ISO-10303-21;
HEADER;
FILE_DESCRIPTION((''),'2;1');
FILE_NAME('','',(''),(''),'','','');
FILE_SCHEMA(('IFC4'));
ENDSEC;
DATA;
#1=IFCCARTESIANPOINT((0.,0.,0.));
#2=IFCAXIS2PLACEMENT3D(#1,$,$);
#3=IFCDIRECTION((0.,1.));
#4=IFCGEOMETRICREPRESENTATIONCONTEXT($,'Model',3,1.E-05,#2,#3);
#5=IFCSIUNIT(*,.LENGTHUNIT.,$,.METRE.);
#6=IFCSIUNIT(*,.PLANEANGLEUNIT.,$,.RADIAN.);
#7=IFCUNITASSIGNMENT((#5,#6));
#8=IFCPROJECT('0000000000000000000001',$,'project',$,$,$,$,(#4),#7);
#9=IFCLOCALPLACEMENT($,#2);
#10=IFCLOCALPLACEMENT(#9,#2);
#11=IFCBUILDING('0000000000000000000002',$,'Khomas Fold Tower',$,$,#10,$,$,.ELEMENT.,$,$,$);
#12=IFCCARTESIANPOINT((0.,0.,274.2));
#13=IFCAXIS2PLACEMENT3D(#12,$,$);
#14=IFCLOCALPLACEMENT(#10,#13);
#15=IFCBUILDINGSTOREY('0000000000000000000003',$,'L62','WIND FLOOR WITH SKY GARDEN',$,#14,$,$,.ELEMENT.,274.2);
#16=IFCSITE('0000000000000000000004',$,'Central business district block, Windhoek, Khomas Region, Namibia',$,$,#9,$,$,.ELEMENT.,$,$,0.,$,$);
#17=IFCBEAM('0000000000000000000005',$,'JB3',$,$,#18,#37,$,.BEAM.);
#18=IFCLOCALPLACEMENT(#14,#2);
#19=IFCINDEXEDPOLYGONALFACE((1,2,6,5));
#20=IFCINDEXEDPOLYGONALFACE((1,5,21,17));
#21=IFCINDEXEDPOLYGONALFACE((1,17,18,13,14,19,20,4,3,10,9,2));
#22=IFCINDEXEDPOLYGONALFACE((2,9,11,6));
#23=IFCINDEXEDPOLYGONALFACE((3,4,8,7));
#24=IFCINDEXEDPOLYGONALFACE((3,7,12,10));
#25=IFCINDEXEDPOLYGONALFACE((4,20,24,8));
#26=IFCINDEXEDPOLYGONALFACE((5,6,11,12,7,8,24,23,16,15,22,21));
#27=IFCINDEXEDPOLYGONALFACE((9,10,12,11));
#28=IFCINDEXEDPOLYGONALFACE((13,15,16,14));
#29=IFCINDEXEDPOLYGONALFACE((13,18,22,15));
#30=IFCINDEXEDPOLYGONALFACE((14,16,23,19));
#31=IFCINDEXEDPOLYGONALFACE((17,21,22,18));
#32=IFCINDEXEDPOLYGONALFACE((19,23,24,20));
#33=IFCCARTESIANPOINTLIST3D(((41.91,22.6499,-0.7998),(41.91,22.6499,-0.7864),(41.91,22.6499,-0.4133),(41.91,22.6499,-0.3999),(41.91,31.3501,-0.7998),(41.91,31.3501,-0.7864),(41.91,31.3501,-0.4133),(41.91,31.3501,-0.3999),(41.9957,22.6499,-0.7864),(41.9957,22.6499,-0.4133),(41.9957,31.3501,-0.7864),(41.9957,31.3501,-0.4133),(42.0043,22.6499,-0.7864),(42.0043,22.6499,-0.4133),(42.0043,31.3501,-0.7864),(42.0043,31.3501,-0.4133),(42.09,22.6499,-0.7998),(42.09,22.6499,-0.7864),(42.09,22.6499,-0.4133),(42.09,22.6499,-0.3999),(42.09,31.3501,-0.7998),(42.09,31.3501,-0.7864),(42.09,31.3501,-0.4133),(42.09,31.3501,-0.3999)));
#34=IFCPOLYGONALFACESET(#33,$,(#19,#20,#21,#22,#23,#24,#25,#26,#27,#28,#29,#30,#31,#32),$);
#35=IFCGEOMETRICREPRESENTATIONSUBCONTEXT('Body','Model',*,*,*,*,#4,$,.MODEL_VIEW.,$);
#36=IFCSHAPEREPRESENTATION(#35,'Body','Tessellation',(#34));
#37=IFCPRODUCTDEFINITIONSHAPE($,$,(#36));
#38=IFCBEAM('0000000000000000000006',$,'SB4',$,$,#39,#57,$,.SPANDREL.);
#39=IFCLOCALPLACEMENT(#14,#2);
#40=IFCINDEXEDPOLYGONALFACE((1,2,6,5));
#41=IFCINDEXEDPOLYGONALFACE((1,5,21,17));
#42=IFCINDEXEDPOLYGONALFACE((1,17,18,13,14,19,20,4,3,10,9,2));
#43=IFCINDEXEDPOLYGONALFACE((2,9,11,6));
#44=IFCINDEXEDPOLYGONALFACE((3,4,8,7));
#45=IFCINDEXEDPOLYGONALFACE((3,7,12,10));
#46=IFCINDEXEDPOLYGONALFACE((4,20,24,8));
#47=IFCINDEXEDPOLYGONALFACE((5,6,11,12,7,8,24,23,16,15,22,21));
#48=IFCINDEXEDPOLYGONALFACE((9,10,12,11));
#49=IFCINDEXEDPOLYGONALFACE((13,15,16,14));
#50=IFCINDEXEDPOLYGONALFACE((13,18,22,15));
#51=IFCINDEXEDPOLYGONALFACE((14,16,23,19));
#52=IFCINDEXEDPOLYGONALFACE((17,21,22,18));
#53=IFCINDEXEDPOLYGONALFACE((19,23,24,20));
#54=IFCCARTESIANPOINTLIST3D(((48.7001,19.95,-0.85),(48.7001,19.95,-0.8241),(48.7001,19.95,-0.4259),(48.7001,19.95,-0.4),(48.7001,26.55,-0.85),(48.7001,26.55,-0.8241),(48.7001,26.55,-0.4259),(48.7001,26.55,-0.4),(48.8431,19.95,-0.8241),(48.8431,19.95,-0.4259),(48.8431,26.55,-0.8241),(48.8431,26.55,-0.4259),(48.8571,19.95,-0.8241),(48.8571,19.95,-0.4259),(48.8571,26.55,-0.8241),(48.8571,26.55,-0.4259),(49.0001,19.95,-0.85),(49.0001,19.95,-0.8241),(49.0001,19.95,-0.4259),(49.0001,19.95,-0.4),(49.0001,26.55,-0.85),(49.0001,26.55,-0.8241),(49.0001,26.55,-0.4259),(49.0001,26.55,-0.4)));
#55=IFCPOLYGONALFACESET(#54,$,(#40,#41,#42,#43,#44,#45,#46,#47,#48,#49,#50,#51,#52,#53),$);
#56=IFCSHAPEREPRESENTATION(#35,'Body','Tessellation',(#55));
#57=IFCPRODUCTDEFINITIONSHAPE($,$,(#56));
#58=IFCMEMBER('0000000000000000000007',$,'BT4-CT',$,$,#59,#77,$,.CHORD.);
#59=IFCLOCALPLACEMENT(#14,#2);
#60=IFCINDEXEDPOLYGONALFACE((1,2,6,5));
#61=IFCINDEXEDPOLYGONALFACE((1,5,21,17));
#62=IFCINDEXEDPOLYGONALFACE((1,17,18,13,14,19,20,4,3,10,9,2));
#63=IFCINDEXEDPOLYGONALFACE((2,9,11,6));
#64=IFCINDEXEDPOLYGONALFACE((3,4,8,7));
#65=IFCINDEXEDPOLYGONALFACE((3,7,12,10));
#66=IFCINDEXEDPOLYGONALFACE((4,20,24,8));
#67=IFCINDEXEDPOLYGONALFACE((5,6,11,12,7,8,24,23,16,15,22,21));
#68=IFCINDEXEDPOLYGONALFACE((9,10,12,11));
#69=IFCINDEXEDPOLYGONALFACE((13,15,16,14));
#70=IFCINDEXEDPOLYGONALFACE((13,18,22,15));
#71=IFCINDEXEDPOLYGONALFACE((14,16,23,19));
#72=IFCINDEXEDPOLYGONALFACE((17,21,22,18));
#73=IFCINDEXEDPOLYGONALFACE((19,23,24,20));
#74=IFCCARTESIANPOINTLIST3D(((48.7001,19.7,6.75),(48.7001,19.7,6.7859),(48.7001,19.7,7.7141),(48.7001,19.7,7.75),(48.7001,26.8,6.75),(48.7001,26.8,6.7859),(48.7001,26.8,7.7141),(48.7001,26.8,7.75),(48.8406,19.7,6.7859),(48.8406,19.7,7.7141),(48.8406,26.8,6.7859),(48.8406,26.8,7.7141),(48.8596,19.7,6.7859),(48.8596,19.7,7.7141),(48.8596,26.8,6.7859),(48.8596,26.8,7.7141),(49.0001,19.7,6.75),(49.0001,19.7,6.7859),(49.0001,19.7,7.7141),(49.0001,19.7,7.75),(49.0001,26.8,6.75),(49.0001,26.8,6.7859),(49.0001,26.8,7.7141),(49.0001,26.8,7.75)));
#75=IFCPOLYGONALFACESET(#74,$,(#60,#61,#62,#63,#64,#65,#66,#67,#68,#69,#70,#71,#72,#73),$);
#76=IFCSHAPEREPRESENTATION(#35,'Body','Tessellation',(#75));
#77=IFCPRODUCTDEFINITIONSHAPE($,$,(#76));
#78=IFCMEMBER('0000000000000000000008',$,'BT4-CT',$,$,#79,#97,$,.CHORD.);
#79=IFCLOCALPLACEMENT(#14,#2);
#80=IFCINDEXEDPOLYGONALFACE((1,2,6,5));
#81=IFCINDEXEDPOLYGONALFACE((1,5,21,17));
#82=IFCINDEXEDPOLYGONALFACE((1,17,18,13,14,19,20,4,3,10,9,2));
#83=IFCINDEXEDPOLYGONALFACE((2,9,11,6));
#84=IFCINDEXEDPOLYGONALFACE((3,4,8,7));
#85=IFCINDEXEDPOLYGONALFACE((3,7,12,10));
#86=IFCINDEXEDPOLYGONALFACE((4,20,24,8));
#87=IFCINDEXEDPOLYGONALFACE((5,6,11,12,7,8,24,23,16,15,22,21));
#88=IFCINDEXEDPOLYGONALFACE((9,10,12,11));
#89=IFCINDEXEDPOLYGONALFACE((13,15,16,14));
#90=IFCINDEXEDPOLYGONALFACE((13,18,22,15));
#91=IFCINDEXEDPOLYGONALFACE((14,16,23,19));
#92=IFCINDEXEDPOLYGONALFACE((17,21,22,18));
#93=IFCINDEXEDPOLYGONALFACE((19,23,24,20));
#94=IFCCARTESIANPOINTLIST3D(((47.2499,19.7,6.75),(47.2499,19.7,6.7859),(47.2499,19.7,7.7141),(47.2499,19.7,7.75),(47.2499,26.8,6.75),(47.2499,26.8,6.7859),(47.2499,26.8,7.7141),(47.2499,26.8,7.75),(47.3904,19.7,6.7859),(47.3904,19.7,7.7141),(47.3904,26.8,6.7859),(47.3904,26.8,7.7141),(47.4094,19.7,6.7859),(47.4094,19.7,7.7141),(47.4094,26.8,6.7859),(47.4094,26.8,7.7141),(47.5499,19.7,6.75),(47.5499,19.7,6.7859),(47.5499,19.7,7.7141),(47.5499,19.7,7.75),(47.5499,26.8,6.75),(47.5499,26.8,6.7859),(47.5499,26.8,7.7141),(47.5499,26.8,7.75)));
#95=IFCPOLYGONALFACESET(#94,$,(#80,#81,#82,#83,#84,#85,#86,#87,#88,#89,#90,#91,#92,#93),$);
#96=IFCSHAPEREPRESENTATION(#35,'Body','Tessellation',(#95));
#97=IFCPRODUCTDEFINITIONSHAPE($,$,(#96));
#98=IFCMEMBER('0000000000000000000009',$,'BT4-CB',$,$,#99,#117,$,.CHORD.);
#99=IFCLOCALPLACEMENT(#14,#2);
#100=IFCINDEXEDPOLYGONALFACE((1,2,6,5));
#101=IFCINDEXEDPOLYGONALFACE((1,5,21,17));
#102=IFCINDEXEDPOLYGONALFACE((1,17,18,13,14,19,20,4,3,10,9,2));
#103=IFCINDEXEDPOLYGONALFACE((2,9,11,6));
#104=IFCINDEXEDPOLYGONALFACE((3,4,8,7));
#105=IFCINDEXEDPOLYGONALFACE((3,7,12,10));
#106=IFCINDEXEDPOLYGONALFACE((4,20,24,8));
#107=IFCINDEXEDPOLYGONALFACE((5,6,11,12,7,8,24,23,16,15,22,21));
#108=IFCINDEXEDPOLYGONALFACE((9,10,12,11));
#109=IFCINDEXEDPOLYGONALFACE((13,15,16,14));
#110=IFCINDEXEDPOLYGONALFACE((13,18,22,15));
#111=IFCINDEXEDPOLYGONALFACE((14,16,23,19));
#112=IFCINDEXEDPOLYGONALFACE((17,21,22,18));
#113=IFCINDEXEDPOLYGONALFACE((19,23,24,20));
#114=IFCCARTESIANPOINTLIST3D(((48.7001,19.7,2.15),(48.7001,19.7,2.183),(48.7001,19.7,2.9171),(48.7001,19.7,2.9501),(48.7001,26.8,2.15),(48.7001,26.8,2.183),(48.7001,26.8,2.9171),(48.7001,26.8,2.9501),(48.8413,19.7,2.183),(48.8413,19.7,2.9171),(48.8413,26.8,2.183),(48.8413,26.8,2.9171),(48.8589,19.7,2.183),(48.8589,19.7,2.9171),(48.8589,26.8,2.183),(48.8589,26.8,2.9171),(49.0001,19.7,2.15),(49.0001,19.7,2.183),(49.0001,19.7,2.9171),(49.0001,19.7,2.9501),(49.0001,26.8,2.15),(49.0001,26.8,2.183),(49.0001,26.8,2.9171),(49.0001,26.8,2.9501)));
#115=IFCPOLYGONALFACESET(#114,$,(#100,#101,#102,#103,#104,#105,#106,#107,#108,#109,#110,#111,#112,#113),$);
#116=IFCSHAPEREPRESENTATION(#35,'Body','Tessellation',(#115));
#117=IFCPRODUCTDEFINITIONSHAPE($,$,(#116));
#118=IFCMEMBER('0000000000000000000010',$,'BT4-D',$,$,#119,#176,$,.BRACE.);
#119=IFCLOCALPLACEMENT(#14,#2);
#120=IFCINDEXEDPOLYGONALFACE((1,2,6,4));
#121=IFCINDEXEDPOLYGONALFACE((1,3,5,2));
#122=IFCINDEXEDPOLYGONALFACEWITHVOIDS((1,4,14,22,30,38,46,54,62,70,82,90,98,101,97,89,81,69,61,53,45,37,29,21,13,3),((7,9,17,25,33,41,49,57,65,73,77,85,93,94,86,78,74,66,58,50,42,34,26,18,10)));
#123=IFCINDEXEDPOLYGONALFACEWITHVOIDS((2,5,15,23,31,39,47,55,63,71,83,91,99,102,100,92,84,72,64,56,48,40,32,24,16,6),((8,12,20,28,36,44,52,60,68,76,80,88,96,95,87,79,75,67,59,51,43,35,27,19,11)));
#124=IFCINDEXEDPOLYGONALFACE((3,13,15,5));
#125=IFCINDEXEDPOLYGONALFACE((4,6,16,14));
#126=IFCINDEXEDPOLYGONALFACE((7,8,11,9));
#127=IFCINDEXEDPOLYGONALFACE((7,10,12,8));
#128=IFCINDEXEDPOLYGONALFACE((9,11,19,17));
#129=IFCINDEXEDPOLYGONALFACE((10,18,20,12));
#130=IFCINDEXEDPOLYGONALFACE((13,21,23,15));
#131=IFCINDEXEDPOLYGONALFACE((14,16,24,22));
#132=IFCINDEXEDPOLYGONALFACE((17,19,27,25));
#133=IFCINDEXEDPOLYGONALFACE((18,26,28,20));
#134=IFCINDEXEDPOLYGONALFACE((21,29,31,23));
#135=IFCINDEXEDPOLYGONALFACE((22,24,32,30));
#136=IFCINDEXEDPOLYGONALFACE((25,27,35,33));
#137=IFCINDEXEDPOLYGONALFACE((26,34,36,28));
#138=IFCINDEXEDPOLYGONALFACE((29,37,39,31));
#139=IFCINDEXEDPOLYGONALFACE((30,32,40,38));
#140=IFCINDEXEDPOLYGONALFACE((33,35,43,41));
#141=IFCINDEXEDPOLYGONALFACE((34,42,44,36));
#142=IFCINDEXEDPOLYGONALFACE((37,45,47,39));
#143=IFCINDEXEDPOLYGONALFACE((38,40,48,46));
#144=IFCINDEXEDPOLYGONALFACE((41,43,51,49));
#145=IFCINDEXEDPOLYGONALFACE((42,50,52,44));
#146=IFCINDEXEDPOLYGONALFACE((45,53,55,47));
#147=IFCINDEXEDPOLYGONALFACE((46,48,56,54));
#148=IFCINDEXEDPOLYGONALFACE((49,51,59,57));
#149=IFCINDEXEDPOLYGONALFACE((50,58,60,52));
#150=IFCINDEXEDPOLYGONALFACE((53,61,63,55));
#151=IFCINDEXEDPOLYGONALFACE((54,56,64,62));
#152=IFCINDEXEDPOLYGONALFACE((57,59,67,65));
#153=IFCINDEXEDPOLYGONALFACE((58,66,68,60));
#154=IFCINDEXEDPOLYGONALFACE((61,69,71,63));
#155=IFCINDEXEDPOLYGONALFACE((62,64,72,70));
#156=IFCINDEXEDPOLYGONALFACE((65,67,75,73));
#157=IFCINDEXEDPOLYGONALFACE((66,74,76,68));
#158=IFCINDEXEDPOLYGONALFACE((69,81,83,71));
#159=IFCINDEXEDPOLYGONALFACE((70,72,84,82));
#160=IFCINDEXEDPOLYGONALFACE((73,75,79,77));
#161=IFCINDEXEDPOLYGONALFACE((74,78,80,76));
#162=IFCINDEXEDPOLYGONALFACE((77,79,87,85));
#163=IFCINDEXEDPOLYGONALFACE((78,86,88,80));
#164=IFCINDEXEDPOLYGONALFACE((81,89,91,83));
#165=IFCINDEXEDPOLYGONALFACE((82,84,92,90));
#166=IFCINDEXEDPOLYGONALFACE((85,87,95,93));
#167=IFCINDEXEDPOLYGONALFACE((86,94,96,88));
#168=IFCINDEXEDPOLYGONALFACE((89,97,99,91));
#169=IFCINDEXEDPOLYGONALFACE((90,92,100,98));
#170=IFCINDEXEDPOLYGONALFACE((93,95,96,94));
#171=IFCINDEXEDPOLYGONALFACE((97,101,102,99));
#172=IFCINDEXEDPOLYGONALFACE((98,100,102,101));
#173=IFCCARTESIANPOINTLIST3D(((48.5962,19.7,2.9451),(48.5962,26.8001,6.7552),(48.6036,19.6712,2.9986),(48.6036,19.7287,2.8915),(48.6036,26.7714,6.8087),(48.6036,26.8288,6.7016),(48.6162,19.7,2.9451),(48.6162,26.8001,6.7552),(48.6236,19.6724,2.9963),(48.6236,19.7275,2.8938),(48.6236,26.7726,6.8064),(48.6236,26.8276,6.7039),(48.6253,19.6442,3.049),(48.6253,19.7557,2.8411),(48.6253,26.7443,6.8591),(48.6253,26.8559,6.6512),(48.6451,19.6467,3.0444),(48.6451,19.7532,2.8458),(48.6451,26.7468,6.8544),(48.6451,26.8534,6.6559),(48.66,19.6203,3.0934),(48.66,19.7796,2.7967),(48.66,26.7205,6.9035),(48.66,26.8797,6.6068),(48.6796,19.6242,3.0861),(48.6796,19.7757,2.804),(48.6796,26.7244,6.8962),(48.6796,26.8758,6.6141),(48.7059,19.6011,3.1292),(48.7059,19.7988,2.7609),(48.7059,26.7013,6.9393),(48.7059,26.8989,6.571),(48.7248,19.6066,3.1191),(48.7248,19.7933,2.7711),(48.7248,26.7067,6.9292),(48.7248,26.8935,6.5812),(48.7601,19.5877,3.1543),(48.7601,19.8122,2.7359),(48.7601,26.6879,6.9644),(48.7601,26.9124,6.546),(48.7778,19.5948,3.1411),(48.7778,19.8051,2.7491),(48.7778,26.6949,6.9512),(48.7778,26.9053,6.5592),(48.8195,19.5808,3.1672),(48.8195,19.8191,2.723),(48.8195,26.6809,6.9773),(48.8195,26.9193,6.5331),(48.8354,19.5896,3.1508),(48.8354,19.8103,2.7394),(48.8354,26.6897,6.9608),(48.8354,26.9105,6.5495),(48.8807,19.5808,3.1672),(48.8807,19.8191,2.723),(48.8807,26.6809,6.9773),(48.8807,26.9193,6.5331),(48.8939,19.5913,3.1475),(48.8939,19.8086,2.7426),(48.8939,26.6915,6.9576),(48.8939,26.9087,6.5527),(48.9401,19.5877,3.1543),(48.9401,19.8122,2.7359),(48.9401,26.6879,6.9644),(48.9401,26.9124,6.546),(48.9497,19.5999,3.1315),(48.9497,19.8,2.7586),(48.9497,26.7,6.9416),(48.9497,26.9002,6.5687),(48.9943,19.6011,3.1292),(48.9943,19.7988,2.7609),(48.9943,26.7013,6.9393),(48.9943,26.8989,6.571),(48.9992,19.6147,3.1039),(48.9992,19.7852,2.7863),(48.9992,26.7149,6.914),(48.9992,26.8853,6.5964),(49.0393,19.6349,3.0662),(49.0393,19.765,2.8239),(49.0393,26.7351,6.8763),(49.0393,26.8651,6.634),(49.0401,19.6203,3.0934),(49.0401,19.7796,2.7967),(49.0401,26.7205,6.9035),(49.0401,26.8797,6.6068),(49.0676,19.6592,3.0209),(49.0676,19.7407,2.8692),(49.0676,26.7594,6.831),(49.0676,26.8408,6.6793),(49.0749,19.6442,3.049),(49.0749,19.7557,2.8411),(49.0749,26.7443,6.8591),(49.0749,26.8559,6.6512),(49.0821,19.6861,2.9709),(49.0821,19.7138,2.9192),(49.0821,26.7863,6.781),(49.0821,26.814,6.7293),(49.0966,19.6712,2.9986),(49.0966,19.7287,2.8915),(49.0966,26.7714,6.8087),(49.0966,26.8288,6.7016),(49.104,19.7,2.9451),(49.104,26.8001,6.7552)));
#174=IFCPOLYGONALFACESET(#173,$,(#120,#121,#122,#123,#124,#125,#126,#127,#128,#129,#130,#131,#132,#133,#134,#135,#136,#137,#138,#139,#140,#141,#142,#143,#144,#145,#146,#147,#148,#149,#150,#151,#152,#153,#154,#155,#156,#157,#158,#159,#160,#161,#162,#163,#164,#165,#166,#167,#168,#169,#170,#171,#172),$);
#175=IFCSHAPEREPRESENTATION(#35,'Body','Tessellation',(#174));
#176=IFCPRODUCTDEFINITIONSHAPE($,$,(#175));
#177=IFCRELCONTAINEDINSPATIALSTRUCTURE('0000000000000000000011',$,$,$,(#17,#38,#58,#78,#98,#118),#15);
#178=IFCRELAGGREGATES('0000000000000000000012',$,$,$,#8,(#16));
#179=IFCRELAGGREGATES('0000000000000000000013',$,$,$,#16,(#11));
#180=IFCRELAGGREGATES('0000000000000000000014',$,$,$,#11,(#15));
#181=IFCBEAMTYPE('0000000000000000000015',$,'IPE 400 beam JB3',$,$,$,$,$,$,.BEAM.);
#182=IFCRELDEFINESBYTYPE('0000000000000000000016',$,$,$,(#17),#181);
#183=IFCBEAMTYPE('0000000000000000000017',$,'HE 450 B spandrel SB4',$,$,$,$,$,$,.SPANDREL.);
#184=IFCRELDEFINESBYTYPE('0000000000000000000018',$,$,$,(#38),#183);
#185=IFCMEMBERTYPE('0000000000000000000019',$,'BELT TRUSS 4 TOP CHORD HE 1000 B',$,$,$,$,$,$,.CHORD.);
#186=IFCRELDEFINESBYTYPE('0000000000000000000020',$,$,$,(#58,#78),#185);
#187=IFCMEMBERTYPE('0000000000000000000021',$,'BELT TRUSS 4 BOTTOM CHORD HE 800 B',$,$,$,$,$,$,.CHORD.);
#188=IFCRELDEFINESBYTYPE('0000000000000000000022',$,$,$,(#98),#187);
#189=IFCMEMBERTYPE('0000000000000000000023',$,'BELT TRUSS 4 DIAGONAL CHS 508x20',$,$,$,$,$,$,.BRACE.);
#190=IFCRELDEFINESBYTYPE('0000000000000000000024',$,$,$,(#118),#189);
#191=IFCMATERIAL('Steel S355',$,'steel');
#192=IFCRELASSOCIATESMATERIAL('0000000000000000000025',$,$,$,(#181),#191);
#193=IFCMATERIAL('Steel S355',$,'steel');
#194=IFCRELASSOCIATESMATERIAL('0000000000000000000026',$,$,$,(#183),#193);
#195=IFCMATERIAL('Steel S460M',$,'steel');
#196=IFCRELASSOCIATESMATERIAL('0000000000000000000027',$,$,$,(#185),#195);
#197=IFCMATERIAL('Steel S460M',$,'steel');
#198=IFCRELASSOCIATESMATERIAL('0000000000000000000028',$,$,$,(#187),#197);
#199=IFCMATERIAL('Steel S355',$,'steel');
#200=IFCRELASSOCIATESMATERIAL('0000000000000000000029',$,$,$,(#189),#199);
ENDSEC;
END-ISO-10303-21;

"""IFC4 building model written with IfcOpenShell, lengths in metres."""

from ifc_helpers import new_model, si_unit, direction, frame, origin, origin_2d, place, context, subcontext, project, spatial, hollow_circle, i_section, extrude, source, transform, mapped, material, material_profile, profile_set, type_object, element, save


model = new_model("IFC4")

# Units and contexts
model_context = context("Model", 3, precision=1e-05, world=origin(), true_north=direction((0.0, 1.0)))
body_context = subcontext(model_context, "Body", "Model", "MODEL_VIEW")
ifc_project = project(units=[si_unit("LENGTHUNIT", "METRE"), si_unit("PLANEANGLEUNIT", "RADIAN")], contexts=[model_context])

# Site, building, storey
site_placement = place(None, origin())
site = spatial("IfcSite", under=ifc_project, at=site_placement, Name="Central business district block, Windhoek, Khomas Region, Namibia", CompositionType="ELEMENT", RefElevation=0.0)
building_placement = place(site_placement, origin())
building = spatial("IfcBuilding", under=site, at=building_placement, Name="Khomas Fold Tower", CompositionType="ELEMENT")
storey_placement = place(building_placement, frame((0.0, 0.0, 274.2)))
storey = spatial("IfcBuildingStorey", under=building, at=storey_placement, Name="L62", Description="WIND FLOOR WITH SKY GARDEN", CompositionType="ELEMENT", Elevation=274.2)

# Beams
ifc_material_1 = material(Name="Steel S355", Category="steel")
ifc_material_profile_1 = material_profile(ifc_material_1, i_section(OverallWidth=0.1799, OverallDepth=0.3999, WebThickness=0.0085, FlangeThickness=0.0134, at=origin_2d()), Name="IPE 400")
ifc_profile_set_1 = profile_set([ifc_material_profile_1], Name="Steel S355")
beam_type_1 = type_object("IfcBeamType", Name="IPE 400 beam JB3", PredefinedType="BEAM", material=ifc_profile_set_1)
shared_shape_1 = source(origin(), body_context, "Body", "SweptSolid", [
    extrude(i_section(OverallWidth=0.1799, OverallDepth=0.3999, WebThickness=0.0085, FlangeThickness=0.0134, at=origin_2d()), origin(), (0.0, 0.0, 1.0), 8.7002),
])
beam_1_placement = place(storey_placement, frame((42.0, 22.6499, -0.5999), z_axis=(0.0, 1.0, 0.0), x_axis=(-1.0, 0.0, 0.0)))
element("IfcBeam", 1, at=beam_1_placement, inside=storey, type_object=beam_type_1, Name="JB3", PredefinedType="BEAM", context=body_context, shape_type="MappedRepresentation", body=[
    mapped(shared_shape_1, transform((0.0, 0.0, 0.0))),
])
ifc_material_2 = material(Name="Steel S355", Category="steel")
ifc_material_profile_2 = material_profile(ifc_material_2, i_section(OverallWidth=0.3, OverallDepth=0.45, WebThickness=0.0139, FlangeThickness=0.0259, at=origin_2d()), Name="HE 450 B")
ifc_profile_set_2 = profile_set([ifc_material_profile_2], Name="Steel S355")
beam_type_2 = type_object("IfcBeamType", Name="HE 450 B spandrel SB4", PredefinedType="SPANDREL", material=ifc_profile_set_2)
shared_shape_2 = source(origin(), body_context, "Body", "SweptSolid", [
    extrude(i_section(OverallWidth=0.3, OverallDepth=0.45, WebThickness=0.0139, FlangeThickness=0.0259, at=origin_2d()), origin(), (0.0, 0.0, 1.0), 6.6001),
])
beam_2_placement = place(storey_placement, frame((48.8501, 19.95, -0.625), z_axis=(0.0, 1.0, 0.0), x_axis=(-1.0, 0.0, 0.0)))
element("IfcBeam", 2, at=beam_2_placement, inside=storey, type_object=beam_type_2, Name="SB4", PredefinedType="SPANDREL", context=body_context, shape_type="MappedRepresentation", body=[
    mapped(shared_shape_2, transform((0.0, 0.0, 0.0))),
])

# Members
ifc_material_3 = material(Name="Steel S460M", Category="steel")
ifc_material_profile_3 = material_profile(ifc_material_3, i_section(OverallWidth=0.3, OverallDepth=1.0, WebThickness=0.019, FlangeThickness=0.0359, at=origin_2d()), Name="HE 1000 B")
ifc_profile_set_3 = profile_set([ifc_material_profile_3], Name="Steel S460M")
member_type_1 = type_object("IfcMemberType", Name="BELT TRUSS 4 TOP CHORD HE 1000 B", PredefinedType="CHORD", material=ifc_profile_set_3)
shared_shape_3 = source(origin(), body_context, "Body", "SweptSolid", [
    extrude(i_section(OverallWidth=0.3, OverallDepth=1.0, WebThickness=0.019, FlangeThickness=0.0359, at=origin_2d()), origin(), (0.0, 0.0, 1.0), 7.1001),
])
for number, where, z_axis, x_axis, name in (
    (3, (48.8501, 19.7, 7.25), (0.0, 1.0, 0.0), (-1.0, 0.0, 0.0), "BT4-CT"),
    (4, (47.3999, 19.7, 7.25), (0.0, 1.0, 0.0), (-1.0, 0.0, 0.0), "BT4-CT"),
):
    element("IfcMember", number, at=place(storey_placement, frame(where, z_axis=z_axis, x_axis=x_axis)), inside=storey, type_object=member_type_1, Name=name, PredefinedType="CHORD", context=body_context, shape_type="MappedRepresentation", body=[
        mapped(shared_shape_3, transform((0.0, 0.0, 0.0))),
    ])
ifc_material_4 = material(Name="Steel S460M", Category="steel")
ifc_material_profile_4 = material_profile(ifc_material_4, i_section(OverallWidth=0.3, OverallDepth=0.8, WebThickness=0.0176, FlangeThickness=0.033, at=origin_2d()), Name="HE 800 B")
ifc_profile_set_4 = profile_set([ifc_material_profile_4], Name="Steel S460M")
member_type_2 = type_object("IfcMemberType", Name="BELT TRUSS 4 BOTTOM CHORD HE 800 B", PredefinedType="CHORD", material=ifc_profile_set_4)
shared_shape_4 = source(origin(), body_context, "Body", "SweptSolid", [
    extrude(i_section(OverallWidth=0.3, OverallDepth=0.8, WebThickness=0.0176, FlangeThickness=0.033, at=origin_2d()), origin(), (0.0, 0.0, 1.0), 7.1001),
])
member_1_placement = place(storey_placement, frame((48.8501, 19.7, 2.55), z_axis=(0.0, 1.0, 0.0), x_axis=(-1.0, 0.0, 0.0)))
element("IfcMember", 5, at=member_1_placement, inside=storey, type_object=member_type_2, Name="BT4-CB", PredefinedType="CHORD", context=body_context, shape_type="MappedRepresentation", body=[
    mapped(shared_shape_4, transform((0.0, 0.0, 0.0))),
])
ifc_material_5 = material(Name="Steel S355", Category="steel")
ifc_material_profile_5 = material_profile(ifc_material_5, hollow_circle(Radius=0.2539, WallThickness=0.02, at=origin_2d()), Name="CHS 508x20")
ifc_profile_set_5 = profile_set([ifc_material_profile_5], Name="Steel S355")
member_type_3 = type_object("IfcMemberType", Name="BELT TRUSS 4 DIAGONAL CHS 508x20", PredefinedType="BRACE", material=ifc_profile_set_5)
shared_shape_5 = source(origin(), body_context, "Body", "SweptSolid", [
    extrude(hollow_circle(Radius=0.2539, WallThickness=0.02, at=origin_2d()), origin(), (0.0, 0.0, 1.0), 8.0579),
])
for number, where, z_axis, x_axis, name in (
    (6, (48.8501, 19.7, 2.9451), (0.0, 0.881147, 0.472842), (-1.0, 0.0, 0.0), "BT4-D"),
):
    element("IfcMember", number, at=place(storey_placement, frame(where, z_axis=z_axis, x_axis=x_axis)), inside=storey, type_object=member_type_3, Name=name, PredefinedType="BRACE", context=body_context, shape_type="MappedRepresentation", body=[
        mapped(shared_shape_5, transform((0.0, 0.0, 0.0))),
    ])

save(model, "model.ifc")
